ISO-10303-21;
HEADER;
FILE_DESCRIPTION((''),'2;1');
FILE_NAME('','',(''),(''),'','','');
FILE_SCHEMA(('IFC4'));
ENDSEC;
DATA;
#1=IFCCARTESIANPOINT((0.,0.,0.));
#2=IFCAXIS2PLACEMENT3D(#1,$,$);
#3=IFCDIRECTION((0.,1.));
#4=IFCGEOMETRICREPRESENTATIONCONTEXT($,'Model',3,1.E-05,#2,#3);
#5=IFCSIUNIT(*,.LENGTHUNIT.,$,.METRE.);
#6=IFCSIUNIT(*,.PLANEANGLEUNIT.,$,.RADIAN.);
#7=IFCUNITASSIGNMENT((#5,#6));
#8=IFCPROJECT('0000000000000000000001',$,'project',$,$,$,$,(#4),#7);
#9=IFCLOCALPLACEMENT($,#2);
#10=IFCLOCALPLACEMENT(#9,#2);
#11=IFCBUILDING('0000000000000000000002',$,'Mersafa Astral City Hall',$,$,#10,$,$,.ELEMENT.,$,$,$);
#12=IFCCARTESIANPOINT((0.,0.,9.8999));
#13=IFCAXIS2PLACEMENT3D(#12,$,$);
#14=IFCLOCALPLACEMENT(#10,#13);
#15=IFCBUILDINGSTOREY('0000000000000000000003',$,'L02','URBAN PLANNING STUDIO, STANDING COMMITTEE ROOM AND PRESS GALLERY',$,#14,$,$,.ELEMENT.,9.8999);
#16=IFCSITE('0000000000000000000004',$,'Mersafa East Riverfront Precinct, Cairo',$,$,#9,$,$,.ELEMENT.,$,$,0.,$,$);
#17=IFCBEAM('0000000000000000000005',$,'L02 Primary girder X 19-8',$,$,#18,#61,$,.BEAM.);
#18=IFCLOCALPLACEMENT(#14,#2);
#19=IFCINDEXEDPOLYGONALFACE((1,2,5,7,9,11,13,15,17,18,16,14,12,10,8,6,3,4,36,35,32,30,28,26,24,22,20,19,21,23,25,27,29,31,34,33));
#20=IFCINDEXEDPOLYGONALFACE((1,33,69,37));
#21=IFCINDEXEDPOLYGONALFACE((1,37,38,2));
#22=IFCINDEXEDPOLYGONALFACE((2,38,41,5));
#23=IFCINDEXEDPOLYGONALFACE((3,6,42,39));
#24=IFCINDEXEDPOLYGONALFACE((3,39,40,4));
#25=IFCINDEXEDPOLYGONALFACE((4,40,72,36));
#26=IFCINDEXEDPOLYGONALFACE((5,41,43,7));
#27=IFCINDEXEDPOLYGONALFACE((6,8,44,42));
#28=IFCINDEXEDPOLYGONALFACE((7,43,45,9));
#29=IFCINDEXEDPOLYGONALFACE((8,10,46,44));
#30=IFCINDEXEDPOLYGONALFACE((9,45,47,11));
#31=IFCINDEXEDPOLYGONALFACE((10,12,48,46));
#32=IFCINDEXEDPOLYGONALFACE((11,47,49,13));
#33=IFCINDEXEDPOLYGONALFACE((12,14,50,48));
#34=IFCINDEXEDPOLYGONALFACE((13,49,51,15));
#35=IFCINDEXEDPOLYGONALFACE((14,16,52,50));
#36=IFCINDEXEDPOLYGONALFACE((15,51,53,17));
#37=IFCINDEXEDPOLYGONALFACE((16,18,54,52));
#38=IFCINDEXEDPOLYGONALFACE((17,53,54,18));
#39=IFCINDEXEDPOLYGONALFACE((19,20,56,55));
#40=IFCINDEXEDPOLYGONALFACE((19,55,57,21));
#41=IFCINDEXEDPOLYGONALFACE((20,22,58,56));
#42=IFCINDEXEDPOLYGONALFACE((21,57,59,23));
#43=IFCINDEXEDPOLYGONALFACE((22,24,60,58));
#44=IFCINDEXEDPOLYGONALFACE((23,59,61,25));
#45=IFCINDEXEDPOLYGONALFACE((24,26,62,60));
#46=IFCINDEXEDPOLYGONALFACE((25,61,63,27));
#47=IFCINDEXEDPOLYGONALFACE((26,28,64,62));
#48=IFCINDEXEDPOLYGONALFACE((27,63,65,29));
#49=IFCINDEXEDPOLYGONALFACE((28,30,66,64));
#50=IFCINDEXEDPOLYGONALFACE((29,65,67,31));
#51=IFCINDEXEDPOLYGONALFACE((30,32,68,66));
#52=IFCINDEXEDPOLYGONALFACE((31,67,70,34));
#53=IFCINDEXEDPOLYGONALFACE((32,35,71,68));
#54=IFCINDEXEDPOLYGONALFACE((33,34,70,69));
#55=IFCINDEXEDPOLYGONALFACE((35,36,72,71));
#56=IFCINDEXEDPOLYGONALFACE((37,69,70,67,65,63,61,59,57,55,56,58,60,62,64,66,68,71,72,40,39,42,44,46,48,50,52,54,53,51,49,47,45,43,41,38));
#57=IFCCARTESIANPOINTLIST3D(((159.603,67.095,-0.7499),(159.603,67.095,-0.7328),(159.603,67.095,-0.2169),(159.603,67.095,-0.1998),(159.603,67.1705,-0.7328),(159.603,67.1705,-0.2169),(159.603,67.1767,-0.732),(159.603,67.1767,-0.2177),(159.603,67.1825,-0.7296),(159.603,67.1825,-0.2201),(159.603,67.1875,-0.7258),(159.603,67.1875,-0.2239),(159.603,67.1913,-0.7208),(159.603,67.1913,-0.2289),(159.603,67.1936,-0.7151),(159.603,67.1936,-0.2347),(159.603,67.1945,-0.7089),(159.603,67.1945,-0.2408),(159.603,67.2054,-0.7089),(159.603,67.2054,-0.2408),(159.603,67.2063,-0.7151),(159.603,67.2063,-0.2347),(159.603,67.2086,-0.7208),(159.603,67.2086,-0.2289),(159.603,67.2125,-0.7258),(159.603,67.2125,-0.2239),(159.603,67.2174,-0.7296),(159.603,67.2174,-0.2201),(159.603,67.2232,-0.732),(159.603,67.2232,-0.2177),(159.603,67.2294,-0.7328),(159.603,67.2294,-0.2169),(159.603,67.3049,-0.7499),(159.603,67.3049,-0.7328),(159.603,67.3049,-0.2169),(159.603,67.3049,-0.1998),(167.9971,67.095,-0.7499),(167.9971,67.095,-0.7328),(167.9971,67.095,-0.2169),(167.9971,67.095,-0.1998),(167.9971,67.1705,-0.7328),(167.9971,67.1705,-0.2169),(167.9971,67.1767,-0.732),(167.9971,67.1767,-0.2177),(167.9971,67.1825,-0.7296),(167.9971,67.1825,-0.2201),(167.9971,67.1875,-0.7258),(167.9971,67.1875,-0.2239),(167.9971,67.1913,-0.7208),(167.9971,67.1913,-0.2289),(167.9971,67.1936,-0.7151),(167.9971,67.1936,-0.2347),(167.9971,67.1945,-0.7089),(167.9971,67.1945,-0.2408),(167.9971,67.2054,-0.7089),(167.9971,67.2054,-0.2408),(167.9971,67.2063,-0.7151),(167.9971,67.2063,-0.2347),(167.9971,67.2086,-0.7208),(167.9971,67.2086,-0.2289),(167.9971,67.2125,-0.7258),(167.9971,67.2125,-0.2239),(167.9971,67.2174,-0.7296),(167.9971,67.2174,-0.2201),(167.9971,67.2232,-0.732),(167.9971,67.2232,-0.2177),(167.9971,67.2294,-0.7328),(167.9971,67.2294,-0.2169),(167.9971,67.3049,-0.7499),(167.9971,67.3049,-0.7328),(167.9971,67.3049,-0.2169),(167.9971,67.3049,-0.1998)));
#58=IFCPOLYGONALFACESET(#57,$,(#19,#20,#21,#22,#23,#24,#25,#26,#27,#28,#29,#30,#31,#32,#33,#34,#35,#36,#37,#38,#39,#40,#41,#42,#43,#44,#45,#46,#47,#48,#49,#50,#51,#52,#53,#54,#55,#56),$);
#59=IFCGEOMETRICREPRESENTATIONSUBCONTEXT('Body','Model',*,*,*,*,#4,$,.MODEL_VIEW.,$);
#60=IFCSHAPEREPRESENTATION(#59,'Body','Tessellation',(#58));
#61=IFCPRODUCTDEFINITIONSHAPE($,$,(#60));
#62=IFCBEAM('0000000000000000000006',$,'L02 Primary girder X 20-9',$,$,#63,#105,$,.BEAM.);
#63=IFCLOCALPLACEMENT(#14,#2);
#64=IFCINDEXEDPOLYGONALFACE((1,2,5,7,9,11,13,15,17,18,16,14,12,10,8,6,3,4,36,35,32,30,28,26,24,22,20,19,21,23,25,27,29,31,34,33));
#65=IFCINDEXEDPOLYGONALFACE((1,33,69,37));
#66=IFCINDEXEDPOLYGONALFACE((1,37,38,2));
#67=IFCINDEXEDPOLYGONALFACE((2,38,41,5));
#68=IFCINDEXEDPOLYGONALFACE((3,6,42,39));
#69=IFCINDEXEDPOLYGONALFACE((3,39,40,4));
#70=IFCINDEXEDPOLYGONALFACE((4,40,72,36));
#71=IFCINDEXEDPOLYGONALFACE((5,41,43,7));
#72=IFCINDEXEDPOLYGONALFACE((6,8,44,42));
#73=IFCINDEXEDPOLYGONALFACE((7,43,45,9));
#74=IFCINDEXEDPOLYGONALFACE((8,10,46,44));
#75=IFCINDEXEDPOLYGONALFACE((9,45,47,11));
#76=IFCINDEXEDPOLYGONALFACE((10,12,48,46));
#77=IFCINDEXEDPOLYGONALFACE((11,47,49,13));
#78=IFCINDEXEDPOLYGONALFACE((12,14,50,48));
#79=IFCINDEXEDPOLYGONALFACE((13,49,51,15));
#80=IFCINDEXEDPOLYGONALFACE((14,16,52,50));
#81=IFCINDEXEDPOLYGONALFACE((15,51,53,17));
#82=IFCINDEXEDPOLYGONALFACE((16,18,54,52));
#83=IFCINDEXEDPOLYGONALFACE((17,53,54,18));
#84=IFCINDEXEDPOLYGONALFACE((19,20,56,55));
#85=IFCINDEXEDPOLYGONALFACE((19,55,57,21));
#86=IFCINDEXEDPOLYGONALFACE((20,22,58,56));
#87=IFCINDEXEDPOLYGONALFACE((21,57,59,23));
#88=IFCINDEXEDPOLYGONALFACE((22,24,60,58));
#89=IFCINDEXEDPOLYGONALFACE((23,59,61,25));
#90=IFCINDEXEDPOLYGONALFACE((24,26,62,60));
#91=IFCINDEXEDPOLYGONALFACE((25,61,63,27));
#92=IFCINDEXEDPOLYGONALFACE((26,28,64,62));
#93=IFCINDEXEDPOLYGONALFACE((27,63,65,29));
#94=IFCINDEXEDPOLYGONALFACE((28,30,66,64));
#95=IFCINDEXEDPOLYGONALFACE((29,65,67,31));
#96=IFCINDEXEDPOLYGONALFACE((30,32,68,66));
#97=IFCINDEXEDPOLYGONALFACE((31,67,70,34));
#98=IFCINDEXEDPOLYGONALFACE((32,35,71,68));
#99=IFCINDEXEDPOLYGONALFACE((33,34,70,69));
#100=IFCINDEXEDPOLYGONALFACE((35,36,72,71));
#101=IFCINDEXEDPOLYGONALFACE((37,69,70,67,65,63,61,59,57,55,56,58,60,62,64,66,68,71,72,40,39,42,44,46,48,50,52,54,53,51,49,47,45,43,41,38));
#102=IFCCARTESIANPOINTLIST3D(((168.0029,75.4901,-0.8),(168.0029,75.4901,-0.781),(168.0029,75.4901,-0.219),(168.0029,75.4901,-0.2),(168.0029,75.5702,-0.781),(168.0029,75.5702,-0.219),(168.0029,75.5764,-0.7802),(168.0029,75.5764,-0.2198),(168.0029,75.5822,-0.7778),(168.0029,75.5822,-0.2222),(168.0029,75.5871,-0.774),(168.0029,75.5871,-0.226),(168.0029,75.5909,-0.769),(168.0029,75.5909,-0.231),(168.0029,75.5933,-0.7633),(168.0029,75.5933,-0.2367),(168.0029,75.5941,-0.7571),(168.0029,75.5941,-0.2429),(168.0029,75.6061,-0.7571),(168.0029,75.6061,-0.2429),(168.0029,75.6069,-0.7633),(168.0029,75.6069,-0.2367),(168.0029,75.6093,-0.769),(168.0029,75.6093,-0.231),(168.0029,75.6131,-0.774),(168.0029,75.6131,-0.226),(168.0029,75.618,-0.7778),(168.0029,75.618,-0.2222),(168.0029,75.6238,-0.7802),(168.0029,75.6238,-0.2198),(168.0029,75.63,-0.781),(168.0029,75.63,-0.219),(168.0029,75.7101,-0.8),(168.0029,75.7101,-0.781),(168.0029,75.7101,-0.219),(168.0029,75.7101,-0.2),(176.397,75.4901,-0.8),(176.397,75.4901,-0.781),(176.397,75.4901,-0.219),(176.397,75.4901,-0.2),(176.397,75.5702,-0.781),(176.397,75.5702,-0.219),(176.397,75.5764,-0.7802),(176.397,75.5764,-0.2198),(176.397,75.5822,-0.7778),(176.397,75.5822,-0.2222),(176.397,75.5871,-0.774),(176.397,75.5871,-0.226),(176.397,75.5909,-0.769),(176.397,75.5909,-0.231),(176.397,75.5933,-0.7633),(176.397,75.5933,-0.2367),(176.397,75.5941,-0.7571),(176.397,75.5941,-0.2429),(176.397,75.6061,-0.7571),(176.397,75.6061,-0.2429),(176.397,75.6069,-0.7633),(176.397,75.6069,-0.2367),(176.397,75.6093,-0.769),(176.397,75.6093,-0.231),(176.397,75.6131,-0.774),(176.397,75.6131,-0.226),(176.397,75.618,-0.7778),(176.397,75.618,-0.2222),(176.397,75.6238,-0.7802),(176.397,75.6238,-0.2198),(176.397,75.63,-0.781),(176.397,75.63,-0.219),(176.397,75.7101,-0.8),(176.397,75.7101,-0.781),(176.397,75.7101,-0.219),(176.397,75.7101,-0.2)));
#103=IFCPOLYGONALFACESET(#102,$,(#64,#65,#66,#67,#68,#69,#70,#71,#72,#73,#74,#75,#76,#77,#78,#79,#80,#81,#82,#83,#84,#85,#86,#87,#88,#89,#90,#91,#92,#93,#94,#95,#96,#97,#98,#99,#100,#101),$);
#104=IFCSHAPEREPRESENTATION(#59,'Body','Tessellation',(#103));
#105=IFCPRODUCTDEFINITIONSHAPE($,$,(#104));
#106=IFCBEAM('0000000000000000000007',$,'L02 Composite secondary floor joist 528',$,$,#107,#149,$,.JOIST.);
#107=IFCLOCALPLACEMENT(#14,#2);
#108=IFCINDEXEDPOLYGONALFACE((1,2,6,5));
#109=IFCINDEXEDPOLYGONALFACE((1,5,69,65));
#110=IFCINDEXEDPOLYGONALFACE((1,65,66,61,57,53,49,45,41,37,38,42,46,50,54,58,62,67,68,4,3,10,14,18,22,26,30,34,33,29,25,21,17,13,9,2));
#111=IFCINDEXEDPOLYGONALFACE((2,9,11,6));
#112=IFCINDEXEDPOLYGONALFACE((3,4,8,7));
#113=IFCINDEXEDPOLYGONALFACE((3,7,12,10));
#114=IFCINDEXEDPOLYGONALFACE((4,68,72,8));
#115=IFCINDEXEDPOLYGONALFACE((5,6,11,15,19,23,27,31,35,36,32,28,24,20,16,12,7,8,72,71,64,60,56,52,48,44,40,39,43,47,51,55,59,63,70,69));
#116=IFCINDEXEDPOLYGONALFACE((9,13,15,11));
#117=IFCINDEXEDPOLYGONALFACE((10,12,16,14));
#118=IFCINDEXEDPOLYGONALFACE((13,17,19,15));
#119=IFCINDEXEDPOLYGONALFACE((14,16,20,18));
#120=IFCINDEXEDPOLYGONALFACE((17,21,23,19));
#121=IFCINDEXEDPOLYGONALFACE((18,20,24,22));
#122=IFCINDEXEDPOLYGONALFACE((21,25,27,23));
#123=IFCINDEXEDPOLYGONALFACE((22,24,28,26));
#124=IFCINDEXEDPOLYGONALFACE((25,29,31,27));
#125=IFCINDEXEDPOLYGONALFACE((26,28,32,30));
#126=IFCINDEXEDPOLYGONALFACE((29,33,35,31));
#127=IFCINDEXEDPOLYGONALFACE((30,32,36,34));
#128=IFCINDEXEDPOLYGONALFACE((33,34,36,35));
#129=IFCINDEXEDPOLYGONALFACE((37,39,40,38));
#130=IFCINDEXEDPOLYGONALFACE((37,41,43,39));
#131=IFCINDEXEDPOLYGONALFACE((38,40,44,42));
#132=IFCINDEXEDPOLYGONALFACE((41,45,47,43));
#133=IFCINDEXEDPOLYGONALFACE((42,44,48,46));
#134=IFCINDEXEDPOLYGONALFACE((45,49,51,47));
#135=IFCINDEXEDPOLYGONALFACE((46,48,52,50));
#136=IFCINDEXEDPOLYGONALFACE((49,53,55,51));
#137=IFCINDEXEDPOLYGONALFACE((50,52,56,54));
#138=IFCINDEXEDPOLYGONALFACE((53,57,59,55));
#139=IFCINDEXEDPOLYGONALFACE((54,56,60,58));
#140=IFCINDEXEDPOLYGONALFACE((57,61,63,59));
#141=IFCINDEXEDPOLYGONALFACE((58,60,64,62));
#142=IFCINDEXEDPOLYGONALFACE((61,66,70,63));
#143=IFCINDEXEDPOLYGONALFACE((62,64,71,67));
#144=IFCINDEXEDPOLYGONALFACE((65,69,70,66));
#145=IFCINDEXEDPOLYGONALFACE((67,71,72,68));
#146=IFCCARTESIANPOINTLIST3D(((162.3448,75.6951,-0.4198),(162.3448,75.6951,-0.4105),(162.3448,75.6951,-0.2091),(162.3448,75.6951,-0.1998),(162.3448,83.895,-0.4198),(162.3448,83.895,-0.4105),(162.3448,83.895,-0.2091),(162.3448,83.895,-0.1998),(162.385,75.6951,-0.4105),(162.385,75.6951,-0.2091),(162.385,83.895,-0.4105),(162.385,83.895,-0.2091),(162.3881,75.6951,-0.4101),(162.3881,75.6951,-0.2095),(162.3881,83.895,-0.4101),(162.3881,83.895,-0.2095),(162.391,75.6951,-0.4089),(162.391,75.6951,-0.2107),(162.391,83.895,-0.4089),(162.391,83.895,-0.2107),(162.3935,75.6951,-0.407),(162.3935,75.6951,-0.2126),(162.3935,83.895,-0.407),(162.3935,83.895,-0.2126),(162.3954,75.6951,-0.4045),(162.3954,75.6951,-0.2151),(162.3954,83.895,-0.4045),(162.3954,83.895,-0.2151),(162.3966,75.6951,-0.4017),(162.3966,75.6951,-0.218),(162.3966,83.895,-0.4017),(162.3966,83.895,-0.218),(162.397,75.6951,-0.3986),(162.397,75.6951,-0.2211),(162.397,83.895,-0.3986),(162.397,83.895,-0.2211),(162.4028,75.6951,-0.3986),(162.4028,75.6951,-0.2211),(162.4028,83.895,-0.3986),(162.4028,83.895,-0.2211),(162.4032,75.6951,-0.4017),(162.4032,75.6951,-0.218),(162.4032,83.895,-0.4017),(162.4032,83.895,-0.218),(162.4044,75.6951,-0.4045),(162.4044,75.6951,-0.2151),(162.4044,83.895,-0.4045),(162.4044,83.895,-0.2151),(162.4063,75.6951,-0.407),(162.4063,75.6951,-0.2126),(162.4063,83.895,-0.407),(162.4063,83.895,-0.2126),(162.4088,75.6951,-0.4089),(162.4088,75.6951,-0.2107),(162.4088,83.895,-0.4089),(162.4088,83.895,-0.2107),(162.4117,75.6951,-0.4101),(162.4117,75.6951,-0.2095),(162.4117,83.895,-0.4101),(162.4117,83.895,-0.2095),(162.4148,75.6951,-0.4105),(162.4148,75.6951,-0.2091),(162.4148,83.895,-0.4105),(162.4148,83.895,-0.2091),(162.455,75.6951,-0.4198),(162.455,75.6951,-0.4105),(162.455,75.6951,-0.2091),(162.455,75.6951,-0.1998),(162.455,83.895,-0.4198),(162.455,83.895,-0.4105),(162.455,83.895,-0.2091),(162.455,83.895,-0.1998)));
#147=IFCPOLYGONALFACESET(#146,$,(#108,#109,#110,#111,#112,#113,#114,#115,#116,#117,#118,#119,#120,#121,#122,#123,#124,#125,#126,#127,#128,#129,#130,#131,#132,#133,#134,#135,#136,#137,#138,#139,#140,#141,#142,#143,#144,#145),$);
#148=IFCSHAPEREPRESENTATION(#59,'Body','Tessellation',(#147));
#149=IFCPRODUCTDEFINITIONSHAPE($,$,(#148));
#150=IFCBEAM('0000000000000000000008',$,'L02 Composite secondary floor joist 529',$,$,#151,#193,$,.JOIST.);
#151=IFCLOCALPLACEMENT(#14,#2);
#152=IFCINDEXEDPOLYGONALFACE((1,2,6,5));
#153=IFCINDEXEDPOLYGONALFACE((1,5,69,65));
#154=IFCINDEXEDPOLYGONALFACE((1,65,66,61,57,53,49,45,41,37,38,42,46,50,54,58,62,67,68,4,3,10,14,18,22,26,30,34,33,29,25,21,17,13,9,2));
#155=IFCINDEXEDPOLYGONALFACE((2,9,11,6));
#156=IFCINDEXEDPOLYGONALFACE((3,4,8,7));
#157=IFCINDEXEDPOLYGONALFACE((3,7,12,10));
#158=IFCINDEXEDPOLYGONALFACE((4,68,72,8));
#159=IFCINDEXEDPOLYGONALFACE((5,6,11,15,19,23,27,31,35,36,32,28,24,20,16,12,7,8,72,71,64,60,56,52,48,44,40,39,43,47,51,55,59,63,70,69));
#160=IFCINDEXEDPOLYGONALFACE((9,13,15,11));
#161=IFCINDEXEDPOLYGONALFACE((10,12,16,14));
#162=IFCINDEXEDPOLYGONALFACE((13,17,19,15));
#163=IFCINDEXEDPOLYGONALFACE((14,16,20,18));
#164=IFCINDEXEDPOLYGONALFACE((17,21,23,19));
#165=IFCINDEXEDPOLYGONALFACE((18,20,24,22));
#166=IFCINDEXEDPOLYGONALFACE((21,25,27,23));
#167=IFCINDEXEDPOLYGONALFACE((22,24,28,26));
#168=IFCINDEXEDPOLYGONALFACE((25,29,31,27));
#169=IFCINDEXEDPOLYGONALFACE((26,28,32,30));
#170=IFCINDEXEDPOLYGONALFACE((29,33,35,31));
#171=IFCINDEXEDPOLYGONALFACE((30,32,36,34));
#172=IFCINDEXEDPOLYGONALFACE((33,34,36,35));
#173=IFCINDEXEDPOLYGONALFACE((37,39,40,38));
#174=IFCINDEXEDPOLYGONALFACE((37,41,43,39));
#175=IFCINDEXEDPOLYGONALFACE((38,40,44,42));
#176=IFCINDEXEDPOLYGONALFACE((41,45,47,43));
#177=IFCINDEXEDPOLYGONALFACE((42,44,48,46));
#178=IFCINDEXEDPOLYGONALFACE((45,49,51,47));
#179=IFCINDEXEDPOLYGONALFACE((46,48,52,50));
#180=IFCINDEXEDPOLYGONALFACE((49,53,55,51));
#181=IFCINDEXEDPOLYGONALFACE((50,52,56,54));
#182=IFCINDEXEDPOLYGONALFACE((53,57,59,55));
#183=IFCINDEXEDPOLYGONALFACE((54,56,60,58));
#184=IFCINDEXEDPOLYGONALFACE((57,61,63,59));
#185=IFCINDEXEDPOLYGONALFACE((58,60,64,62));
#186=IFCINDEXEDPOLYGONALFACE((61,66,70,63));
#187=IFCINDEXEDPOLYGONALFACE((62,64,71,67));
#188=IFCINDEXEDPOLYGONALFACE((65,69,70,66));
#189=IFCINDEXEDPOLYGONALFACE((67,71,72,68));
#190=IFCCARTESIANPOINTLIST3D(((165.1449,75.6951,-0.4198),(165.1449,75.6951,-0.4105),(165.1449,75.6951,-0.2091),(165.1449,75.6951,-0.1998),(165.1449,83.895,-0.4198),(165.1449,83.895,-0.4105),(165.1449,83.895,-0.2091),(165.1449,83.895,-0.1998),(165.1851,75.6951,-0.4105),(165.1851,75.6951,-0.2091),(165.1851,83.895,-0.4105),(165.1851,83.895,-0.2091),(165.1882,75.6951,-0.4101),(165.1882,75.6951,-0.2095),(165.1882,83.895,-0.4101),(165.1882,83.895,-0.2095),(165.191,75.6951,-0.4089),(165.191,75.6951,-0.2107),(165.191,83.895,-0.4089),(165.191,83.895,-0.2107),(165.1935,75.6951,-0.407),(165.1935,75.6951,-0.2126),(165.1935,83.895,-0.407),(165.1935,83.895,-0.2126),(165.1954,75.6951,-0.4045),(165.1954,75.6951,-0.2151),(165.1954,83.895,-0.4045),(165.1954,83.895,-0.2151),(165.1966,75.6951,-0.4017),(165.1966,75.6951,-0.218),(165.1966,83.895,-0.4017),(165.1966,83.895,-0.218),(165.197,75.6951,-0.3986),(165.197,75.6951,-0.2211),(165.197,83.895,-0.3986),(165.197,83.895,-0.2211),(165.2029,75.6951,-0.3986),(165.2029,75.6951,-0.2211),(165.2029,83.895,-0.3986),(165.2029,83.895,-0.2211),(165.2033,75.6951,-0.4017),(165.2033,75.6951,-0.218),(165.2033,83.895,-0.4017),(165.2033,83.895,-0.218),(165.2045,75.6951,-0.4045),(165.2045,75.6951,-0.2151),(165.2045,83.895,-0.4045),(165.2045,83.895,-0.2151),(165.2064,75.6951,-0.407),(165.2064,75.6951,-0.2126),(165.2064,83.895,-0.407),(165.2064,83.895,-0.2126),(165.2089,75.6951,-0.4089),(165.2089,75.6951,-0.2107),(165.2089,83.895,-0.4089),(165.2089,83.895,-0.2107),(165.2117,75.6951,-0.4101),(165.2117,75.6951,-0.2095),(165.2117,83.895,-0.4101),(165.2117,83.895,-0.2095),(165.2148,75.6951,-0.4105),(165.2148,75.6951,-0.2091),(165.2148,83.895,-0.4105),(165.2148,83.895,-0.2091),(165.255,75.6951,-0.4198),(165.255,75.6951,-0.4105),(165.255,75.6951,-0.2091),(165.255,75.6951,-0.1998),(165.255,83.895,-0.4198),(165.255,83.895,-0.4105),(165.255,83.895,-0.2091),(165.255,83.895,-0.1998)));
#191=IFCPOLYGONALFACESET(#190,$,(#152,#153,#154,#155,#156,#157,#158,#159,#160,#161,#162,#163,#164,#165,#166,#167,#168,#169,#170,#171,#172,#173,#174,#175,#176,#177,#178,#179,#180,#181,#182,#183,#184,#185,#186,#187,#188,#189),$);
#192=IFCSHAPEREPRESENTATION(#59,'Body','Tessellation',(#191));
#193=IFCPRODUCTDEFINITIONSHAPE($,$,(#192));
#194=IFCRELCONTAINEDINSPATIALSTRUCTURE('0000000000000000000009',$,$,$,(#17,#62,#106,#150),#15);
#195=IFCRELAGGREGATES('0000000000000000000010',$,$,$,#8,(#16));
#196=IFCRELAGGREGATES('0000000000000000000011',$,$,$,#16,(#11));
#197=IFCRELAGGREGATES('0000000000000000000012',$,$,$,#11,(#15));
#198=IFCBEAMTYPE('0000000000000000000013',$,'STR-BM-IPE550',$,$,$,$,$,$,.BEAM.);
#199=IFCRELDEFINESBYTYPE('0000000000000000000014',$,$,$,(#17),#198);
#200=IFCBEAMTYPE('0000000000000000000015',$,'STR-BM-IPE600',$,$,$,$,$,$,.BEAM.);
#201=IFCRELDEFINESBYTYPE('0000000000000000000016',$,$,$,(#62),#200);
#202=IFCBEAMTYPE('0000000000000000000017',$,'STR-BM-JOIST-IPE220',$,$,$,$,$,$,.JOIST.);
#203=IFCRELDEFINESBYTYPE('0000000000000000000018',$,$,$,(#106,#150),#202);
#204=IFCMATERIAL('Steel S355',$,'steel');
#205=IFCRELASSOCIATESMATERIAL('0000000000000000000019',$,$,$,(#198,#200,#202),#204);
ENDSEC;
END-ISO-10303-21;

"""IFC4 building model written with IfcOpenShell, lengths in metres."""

from ifc_helpers import new_model, si_unit, direction, frame, origin, origin_2d, place, context, subcontext, project, spatial, i_section, extrude, material, material_profile, profile_set, type_object, element, save


model = new_model("IFC4")

# Units and contexts
model_context = context("Model", 3, precision=1e-05, world=origin(), true_north=direction((0.0, 1.0)))
body_context = subcontext(model_context, "Body", "Model", "MODEL_VIEW")
ifc_project = project(units=[si_unit("LENGTHUNIT", "METRE"), si_unit("PLANEANGLEUNIT", "RADIAN")], contexts=[model_context])

# Site, building, storey
site_placement = place(None, origin())
site = spatial("IfcSite", under=ifc_project, at=site_placement, Name="Mersafa East Riverfront Precinct, Cairo", CompositionType="ELEMENT", RefElevation=0.0)
building_placement = place(site_placement, origin())
building = spatial("IfcBuilding", under=site, at=building_placement, Name="Mersafa Astral City Hall", CompositionType="ELEMENT")
storey_placement = place(building_placement, frame((0.0, 0.0, 9.8999)))
storey = spatial("IfcBuildingStorey", under=building, at=storey_placement, Name="L02", Description="URBAN PLANNING STUDIO, STANDING COMMITTEE ROOM AND PRESS GALLERY", CompositionType="ELEMENT", Elevation=9.8999)

# Shared definitions
ifc_material_1 = material(Name="Steel S355", Category="steel")

# Beams
ifc_material_profile_1 = material_profile(ifc_material_1, i_section(OverallWidth=0.21, OverallDepth=0.55, WebThickness=0.011, FlangeThickness=0.0171, FilletRadius=0.0239, at=origin_2d()), Name="IPE 550")
ifc_profile_set_1 = profile_set([ifc_material_profile_1], Name="Steel S355")
beam_type_1 = type_object("IfcBeamType", Name="STR-BM-IPE550", PredefinedType="BEAM", material=ifc_profile_set_1)
beam_1_placement = place(storey_placement, frame((159.603, 67.2, -0.4749), z_axis=(1.0, 0.0, 0.0), x_axis=(0.0, 1.0, 0.0)))
element("IfcBeam", 1, at=beam_1_placement, inside=storey, type_object=beam_type_1, Name="L02 Primary girder X 19-8", PredefinedType="BEAM", context=body_context, shape_type="SweptSolid", body=[
    extrude(i_section(OverallWidth=0.21, OverallDepth=0.55, WebThickness=0.011, FlangeThickness=0.0171, FilletRadius=0.0239, at=origin_2d()), origin(), (0.0, 0.0, 1.0), 8.394),
])
ifc_material_profile_2 = material_profile(ifc_material_1, i_section(OverallWidth=0.22, OverallDepth=0.6001, WebThickness=0.012, FlangeThickness=0.019, FilletRadius=0.0239, at=origin_2d()), Name="IPE 600")
ifc_profile_set_2 = profile_set([ifc_material_profile_2], Name="Steel S355")
beam_type_2 = type_object("IfcBeamType", Name="STR-BM-IPE600", PredefinedType="BEAM", material=ifc_profile_set_2)
beam_2_placement = place(storey_placement, frame((168.0029, 75.6001, -0.5), z_axis=(1.0, 0.0, 0.0), x_axis=(0.0, 1.0, 0.0)))
element("IfcBeam", 2, at=beam_2_placement, inside=storey, type_object=beam_type_2, Name="L02 Primary girder X 20-9", PredefinedType="BEAM", context=body_context, shape_type="SweptSolid", body=[
    extrude(i_section(OverallWidth=0.22, OverallDepth=0.6001, WebThickness=0.012, FlangeThickness=0.019, FilletRadius=0.0239, at=origin_2d()), origin(), (0.0, 0.0, 1.0), 8.394),
])
ifc_material_profile_3 = material_profile(ifc_material_1, i_section(OverallWidth=0.1101, OverallDepth=0.22, WebThickness=0.0059, FlangeThickness=0.0093, FilletRadius=0.012, at=origin_2d()), Name="IPE 220")
ifc_profile_set_3 = profile_set([ifc_material_profile_3], Name="Steel S355")
beam_type_3 = type_object("IfcBeamType", Name="STR-BM-JOIST-IPE220", PredefinedType="JOIST", material=ifc_profile_set_3)
for number, where, z_axis, x_axis, name in (
    (3, (162.3999, 75.6951, -0.3098), (0.0, 1.0, 0.0), (-1.0, 0.0, 0.0), "L02 Composite secondary floor joist 528"),
    (4, (165.2, 75.6951, -0.3098), (0.0, 1.0, 0.0), (-1.0, 0.0, 0.0), "L02 Composite secondary floor joist 529"),
):
    element("IfcBeam", number, at=place(storey_placement, frame(where, z_axis=z_axis, x_axis=x_axis)), inside=storey, type_object=beam_type_3, Name=name, PredefinedType="JOIST", context=body_context, shape_type="SweptSolid", body=[
        extrude(i_section(OverallWidth=0.1101, OverallDepth=0.22, WebThickness=0.0059, FlangeThickness=0.0093, FilletRadius=0.012, at=origin_2d()), origin(), (0.0, 0.0, 1.0), 8.2),
    ])

save(model, "model.ifc")
